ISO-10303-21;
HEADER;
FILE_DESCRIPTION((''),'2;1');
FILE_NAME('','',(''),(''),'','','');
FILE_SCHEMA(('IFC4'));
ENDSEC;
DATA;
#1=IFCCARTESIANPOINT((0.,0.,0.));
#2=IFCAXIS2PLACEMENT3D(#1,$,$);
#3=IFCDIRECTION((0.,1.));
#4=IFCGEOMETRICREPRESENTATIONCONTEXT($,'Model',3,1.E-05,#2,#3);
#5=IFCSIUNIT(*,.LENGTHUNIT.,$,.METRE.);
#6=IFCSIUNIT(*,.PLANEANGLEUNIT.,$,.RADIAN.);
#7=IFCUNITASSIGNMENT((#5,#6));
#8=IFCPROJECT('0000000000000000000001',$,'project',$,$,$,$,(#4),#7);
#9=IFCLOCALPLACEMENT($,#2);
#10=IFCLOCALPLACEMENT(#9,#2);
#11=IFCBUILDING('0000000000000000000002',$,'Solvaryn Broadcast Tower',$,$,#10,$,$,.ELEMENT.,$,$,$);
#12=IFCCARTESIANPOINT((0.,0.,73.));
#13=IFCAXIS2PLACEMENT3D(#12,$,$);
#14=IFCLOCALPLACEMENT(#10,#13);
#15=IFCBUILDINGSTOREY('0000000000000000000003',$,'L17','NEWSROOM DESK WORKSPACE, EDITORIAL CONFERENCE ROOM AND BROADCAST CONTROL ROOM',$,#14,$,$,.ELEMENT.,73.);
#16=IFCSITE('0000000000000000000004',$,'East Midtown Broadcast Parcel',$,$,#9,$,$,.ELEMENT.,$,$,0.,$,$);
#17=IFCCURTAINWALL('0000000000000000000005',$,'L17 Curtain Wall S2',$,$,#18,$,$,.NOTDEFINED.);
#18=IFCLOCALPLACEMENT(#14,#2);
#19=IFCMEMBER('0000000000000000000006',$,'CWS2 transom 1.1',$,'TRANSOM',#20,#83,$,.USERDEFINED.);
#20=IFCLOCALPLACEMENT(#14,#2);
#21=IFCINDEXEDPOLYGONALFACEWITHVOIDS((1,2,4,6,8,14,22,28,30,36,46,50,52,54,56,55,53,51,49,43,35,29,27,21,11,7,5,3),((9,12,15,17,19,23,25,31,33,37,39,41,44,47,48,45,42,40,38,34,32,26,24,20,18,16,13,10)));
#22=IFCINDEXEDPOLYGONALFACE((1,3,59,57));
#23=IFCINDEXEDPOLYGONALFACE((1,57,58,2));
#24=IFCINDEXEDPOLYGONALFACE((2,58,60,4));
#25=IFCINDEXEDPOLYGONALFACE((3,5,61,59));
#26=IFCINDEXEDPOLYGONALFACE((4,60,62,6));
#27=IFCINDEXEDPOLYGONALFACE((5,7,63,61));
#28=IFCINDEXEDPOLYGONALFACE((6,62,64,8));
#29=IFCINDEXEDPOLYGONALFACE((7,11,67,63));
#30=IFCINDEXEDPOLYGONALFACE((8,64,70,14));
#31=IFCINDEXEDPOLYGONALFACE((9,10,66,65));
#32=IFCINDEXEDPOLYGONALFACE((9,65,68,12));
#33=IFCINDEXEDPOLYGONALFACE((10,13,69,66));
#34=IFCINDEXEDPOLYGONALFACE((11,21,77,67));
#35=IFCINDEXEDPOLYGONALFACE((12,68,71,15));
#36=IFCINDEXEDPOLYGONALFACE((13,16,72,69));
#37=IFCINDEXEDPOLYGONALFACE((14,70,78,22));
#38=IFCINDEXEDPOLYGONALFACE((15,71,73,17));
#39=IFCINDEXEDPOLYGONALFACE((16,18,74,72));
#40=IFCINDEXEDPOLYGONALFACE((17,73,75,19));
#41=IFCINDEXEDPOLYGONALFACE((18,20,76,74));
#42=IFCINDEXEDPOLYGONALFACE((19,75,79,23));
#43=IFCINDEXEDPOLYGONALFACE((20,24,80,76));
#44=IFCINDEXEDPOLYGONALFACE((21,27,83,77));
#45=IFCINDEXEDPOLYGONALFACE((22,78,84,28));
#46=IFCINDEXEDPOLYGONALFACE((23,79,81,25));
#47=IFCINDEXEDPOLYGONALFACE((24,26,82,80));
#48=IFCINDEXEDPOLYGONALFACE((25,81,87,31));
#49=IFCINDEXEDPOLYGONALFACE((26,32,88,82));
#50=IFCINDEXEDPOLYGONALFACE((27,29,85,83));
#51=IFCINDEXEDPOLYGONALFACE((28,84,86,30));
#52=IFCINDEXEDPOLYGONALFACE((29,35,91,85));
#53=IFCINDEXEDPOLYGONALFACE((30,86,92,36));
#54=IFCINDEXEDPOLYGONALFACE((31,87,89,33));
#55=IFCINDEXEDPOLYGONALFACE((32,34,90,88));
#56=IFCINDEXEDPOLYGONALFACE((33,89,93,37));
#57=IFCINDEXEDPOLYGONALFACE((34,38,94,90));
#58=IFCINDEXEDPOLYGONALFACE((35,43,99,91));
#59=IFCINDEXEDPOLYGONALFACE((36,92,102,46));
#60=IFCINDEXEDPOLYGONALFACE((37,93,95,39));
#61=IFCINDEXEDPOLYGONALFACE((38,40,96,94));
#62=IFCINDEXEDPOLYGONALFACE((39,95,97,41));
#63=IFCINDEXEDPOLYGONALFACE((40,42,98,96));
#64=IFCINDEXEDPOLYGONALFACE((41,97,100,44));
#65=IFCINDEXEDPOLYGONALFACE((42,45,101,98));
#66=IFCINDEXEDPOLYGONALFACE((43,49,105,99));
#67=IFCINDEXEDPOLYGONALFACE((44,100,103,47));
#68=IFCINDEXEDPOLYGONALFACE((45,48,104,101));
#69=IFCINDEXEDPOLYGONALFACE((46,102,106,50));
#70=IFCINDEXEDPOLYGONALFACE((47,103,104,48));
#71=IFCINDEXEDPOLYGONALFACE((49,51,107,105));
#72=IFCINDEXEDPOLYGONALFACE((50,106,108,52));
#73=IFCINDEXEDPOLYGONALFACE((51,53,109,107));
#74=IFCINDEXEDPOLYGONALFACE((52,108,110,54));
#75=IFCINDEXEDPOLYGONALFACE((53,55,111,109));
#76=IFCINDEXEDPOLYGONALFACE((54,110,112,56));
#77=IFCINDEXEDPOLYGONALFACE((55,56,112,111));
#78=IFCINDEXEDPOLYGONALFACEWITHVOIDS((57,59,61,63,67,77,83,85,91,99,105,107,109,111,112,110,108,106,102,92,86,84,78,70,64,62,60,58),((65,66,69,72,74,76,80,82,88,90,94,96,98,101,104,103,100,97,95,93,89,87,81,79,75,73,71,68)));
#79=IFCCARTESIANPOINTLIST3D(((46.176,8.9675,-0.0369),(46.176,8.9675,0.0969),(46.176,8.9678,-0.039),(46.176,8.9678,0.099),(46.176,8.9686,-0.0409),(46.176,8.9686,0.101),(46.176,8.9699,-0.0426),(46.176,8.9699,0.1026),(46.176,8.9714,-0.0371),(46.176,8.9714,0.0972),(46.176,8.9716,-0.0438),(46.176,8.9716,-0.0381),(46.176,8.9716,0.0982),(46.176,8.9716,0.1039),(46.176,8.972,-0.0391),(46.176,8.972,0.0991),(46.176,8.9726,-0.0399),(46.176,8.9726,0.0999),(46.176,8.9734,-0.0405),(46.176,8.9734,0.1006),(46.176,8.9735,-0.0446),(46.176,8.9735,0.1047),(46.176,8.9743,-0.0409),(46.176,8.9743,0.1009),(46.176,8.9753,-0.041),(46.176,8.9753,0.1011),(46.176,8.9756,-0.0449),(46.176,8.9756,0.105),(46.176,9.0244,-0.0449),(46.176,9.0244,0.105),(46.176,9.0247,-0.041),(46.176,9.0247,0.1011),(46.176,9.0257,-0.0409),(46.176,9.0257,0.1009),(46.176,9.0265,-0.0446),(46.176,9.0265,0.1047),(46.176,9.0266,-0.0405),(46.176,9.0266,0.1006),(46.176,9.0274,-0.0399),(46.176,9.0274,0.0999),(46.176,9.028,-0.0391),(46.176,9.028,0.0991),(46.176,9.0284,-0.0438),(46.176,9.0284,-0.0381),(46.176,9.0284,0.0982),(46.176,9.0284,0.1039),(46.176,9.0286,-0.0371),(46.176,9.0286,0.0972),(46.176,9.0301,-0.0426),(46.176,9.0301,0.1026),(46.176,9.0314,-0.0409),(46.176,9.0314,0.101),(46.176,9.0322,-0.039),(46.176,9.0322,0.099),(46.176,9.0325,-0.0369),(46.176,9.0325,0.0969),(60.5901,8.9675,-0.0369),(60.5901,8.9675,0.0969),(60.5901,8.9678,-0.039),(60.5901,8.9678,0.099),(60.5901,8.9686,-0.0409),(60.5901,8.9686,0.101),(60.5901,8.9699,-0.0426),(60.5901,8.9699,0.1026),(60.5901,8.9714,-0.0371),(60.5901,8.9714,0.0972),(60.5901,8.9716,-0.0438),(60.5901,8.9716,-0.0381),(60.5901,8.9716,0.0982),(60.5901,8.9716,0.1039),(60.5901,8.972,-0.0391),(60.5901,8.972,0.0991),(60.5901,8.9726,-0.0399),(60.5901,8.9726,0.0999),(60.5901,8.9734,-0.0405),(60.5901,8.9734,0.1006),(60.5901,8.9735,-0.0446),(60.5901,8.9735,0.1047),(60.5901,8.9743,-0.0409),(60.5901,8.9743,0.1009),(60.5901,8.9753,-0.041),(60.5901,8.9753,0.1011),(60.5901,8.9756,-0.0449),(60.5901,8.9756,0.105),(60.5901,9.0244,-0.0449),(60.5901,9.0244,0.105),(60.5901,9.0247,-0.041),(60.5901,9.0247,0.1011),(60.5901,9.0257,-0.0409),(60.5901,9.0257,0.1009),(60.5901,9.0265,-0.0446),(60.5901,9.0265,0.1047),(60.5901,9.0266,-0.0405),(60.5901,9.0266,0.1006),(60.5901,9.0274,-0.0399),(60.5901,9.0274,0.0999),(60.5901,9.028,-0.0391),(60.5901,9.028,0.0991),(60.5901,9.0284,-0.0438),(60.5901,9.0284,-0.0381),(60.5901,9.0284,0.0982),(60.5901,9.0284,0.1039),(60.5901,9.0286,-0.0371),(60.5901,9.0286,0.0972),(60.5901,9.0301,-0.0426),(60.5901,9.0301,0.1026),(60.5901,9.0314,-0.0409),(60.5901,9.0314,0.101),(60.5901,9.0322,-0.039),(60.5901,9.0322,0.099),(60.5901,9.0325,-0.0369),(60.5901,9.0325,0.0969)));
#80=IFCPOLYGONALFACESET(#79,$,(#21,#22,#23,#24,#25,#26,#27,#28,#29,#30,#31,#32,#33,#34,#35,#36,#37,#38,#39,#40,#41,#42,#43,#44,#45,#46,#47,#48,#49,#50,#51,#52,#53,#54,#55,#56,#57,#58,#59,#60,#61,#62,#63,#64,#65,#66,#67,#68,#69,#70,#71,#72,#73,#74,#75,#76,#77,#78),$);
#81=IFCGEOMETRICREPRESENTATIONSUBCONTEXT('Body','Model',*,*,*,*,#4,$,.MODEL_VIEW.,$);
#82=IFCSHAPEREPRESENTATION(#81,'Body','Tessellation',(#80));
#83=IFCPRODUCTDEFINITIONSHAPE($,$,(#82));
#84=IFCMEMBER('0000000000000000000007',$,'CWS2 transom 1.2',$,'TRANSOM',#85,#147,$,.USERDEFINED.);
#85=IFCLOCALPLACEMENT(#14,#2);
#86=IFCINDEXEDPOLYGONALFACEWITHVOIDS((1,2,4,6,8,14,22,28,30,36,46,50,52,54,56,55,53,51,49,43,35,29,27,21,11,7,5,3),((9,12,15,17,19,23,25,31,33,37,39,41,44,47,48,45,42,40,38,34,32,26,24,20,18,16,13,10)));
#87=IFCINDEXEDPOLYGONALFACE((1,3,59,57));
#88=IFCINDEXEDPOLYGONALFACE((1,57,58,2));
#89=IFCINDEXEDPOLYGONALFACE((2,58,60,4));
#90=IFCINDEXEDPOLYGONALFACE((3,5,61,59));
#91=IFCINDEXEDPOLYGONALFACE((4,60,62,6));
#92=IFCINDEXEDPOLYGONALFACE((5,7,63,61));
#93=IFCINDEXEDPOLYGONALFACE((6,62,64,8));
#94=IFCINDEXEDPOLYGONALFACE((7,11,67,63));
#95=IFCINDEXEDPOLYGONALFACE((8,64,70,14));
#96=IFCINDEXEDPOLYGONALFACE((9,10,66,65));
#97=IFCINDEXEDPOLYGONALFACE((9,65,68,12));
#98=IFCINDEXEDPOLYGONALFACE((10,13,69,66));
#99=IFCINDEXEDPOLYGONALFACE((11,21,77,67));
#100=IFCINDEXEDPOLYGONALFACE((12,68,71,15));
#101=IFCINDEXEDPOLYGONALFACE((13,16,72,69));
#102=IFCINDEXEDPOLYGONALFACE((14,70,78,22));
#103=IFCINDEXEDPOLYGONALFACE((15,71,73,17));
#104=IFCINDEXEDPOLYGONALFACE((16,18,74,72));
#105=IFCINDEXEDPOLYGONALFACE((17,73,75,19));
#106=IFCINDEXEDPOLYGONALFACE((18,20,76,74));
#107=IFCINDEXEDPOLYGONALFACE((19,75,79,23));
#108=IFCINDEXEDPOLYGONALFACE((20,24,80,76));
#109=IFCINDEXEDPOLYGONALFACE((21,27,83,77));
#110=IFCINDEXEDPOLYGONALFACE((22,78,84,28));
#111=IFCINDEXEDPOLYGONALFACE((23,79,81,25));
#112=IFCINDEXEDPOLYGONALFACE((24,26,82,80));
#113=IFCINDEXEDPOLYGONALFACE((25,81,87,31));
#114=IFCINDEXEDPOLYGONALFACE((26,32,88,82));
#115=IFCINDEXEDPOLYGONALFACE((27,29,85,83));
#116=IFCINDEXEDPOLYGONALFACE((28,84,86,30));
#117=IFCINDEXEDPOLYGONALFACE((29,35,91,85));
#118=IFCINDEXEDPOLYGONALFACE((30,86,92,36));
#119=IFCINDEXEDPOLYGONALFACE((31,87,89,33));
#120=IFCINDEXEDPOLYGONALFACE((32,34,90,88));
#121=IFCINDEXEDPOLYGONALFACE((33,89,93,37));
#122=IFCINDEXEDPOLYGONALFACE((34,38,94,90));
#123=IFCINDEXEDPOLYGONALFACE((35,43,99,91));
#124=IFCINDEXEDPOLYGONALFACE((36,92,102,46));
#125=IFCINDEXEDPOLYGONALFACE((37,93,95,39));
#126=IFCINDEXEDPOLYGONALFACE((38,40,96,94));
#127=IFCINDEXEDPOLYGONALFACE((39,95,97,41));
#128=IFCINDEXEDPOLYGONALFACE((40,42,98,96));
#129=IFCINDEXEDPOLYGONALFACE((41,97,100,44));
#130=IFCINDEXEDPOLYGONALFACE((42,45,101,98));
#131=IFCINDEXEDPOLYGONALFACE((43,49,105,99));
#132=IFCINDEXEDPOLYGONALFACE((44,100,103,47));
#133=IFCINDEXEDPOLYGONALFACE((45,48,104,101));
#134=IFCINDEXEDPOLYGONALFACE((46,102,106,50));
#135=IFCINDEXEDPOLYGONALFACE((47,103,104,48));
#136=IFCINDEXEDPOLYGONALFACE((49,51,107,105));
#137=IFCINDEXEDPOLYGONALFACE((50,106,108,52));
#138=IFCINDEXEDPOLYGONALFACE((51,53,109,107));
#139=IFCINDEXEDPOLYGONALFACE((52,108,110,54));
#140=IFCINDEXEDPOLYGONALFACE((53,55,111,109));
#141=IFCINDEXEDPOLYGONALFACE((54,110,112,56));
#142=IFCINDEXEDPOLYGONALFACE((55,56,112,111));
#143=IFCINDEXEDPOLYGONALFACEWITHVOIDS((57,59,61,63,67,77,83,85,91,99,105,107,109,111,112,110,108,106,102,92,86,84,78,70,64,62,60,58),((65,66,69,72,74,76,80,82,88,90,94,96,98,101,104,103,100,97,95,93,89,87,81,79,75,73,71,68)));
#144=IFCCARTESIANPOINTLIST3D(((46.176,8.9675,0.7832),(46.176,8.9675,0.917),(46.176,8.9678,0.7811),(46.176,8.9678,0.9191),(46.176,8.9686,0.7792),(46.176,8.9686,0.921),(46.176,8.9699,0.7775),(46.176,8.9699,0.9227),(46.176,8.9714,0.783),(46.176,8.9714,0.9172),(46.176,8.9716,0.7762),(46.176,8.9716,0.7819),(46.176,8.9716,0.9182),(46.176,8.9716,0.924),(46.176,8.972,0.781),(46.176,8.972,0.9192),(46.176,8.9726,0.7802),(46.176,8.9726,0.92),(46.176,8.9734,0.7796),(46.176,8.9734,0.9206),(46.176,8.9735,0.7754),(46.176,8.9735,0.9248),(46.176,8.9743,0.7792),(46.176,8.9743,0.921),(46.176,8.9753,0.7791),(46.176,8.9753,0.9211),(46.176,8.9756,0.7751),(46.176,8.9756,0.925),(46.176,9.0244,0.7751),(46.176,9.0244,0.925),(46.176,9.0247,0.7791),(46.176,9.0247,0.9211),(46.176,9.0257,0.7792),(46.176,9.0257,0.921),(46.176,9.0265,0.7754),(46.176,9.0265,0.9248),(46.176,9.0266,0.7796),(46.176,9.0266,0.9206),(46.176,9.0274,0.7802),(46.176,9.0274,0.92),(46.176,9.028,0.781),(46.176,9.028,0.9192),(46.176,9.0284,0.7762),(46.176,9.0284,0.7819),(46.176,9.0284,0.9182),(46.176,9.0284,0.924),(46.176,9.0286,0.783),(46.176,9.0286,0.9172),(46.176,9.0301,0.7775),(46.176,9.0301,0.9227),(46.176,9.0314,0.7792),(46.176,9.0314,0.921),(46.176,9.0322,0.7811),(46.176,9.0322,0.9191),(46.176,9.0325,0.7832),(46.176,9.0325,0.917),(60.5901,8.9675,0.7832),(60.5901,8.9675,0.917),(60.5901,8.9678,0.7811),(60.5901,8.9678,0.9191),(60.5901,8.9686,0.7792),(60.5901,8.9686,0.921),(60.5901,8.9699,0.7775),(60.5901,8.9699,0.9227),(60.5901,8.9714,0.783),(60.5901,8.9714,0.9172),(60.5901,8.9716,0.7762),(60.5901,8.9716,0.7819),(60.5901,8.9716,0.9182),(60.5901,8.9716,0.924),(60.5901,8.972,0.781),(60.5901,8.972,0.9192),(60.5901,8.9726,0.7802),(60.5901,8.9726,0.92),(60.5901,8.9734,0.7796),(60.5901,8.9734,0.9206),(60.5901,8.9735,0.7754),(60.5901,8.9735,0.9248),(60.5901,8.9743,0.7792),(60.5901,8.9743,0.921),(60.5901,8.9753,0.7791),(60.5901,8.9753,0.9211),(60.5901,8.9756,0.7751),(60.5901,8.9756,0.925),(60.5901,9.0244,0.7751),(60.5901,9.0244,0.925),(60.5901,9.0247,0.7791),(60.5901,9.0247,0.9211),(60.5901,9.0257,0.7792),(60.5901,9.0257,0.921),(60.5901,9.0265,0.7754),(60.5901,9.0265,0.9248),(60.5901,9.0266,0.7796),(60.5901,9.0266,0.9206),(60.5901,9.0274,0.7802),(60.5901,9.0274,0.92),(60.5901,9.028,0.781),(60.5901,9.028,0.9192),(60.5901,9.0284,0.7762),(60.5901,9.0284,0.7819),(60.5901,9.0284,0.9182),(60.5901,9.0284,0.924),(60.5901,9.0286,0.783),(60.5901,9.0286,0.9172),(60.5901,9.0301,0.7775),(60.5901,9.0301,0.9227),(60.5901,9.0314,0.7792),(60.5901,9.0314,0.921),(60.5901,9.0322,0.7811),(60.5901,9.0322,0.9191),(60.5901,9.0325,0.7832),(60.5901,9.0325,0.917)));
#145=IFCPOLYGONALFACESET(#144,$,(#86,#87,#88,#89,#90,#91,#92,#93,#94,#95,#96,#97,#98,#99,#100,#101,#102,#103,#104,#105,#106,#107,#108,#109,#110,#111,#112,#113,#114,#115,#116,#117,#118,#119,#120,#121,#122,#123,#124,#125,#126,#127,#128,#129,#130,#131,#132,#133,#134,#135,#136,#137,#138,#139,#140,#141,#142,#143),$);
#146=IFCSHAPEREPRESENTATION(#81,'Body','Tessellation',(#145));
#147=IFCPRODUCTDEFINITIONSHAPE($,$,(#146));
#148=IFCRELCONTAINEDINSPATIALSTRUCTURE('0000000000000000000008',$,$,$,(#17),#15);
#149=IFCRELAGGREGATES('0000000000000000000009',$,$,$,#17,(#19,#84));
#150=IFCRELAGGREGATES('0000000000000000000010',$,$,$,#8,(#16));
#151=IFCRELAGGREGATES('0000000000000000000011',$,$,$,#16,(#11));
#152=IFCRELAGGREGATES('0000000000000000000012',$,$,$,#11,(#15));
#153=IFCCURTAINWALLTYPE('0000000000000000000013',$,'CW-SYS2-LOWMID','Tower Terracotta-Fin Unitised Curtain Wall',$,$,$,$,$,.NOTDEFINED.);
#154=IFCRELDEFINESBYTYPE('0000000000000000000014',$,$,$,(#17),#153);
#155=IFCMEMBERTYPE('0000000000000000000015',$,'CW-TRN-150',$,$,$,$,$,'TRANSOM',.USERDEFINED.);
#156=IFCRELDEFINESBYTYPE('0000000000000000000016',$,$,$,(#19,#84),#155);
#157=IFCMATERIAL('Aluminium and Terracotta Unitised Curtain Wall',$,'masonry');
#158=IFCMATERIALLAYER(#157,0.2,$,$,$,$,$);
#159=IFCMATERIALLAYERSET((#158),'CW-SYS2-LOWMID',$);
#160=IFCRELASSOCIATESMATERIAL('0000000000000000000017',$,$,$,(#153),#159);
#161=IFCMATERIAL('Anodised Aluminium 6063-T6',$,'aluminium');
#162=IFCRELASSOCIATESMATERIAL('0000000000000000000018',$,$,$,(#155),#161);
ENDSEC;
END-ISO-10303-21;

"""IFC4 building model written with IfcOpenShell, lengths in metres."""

from ifc_helpers import new_model, si_unit, direction, frame, origin, origin_2d, place, context, subcontext, project, spatial, hollow_rectangle, extrude, material, layer, layer_set, material_profile, profile_set, type_object, element, aggregate, save


model = new_model("IFC4")

# Units and contexts
model_context = context("Model", 3, precision=1e-05, world=origin(), true_north=direction((0.0, 1.0)))
body_context = subcontext(model_context, "Body", "Model", "MODEL_VIEW")
ifc_project = project(units=[si_unit("LENGTHUNIT", "METRE"), si_unit("PLANEANGLEUNIT", "RADIAN")], contexts=[model_context])

# Site, building, storey
site_placement = place(None, origin())
site = spatial("IfcSite", under=ifc_project, at=site_placement, Name="East Midtown Broadcast Parcel", CompositionType="ELEMENT", RefElevation=0.0)
building_placement = place(site_placement, origin())
building = spatial("IfcBuilding", under=site, at=building_placement, Name="Solvaryn Broadcast Tower", CompositionType="ELEMENT")
storey_placement = place(building_placement, frame((0.0, 0.0, 73.0)))
storey = spatial("IfcBuildingStorey", under=building, at=storey_placement, Name="L17", Description="NEWSROOM DESK WORKSPACE, EDITORIAL CONFERENCE ROOM AND BROADCAST CONTROL ROOM", CompositionType="ELEMENT", Elevation=73.0)

# Shared definitions
ifc_material_1 = material(Name="Aluminium and Terracotta Unitised Curtain Wall", Category="masonry")
ifc_layer_1 = layer(ifc_material_1, 0.2)
ifc_layer_set_1 = layer_set([ifc_layer_1], Name="CW-SYS2-LOWMID")
curtain_wall_type = type_object("IfcCurtainWallType", Name="CW-SYS2-LOWMID", Description="Tower Terracotta-Fin Unitised Curtain Wall", PredefinedType="NOTDEFINED", material=ifc_layer_set_1)

# Curtain wall, members
curtain_wall_1_placement = place(storey_placement, origin())
curtain_wall_1 = element("IfcCurtainWall", 1, at=curtain_wall_1_placement, inside=storey, type_object=curtain_wall_type, Name="L17 Curtain Wall S2", PredefinedType="NOTDEFINED")
ifc_material_2 = material(Name="Anodised Aluminium 6063-T6", Category="aluminium")
ifc_material_profile_1 = material_profile(ifc_material_2, hollow_rectangle(XDim=0.0649, YDim=0.1499, WallThickness=0.0039, InnerFilletRadius=0.0039, OuterFilletRadius=0.0081, at=origin_2d()))
ifc_profile_set_1 = profile_set([ifc_material_profile_1], Name="Anodised Aluminium 6063-T6")
member_type_1 = type_object("IfcMemberType", Name="CW-TRN-150", ElementType="TRANSOM", PredefinedType="USERDEFINED", material=ifc_profile_set_1)
member_1_placement = place(storey_placement, frame((46.176, 9.0, 0.03), z_axis=(1.0, 0.0, 0.0), x_axis=(0.0, 1.0, 0.0)))
member_1 = element("IfcMember", 2, at=member_1_placement, type_object=member_type_1, Name="CWS2 transom 1.1", ObjectType="TRANSOM", PredefinedType="USERDEFINED", context=body_context, shape_type="SweptSolid", body=[
    extrude(hollow_rectangle(XDim=0.0649, YDim=0.1499, WallThickness=0.0039, InnerFilletRadius=0.0039, OuterFilletRadius=0.0081, at=origin_2d()), origin(), (0.0, 0.0, 1.0), 14.4141),
])
member_2_placement = place(storey_placement, frame((46.176, 9.0, 0.8501), z_axis=(1.0, 0.0, 0.0), x_axis=(0.0, 1.0, 0.0)))
member_2 = element("IfcMember", 3, at=member_2_placement, type_object=member_type_1, Name="CWS2 transom 1.2", ObjectType="TRANSOM", PredefinedType="USERDEFINED", context=body_context, shape_type="SweptSolid", body=[
    extrude(hollow_rectangle(XDim=0.0649, YDim=0.1499, WallThickness=0.0039, InnerFilletRadius=0.0039, OuterFilletRadius=0.0081, at=origin_2d()), origin(), (0.0, 0.0, 1.0), 14.4141),
])
aggregate(curtain_wall_1, [member_1, member_2])

save(model, "model.ifc")
